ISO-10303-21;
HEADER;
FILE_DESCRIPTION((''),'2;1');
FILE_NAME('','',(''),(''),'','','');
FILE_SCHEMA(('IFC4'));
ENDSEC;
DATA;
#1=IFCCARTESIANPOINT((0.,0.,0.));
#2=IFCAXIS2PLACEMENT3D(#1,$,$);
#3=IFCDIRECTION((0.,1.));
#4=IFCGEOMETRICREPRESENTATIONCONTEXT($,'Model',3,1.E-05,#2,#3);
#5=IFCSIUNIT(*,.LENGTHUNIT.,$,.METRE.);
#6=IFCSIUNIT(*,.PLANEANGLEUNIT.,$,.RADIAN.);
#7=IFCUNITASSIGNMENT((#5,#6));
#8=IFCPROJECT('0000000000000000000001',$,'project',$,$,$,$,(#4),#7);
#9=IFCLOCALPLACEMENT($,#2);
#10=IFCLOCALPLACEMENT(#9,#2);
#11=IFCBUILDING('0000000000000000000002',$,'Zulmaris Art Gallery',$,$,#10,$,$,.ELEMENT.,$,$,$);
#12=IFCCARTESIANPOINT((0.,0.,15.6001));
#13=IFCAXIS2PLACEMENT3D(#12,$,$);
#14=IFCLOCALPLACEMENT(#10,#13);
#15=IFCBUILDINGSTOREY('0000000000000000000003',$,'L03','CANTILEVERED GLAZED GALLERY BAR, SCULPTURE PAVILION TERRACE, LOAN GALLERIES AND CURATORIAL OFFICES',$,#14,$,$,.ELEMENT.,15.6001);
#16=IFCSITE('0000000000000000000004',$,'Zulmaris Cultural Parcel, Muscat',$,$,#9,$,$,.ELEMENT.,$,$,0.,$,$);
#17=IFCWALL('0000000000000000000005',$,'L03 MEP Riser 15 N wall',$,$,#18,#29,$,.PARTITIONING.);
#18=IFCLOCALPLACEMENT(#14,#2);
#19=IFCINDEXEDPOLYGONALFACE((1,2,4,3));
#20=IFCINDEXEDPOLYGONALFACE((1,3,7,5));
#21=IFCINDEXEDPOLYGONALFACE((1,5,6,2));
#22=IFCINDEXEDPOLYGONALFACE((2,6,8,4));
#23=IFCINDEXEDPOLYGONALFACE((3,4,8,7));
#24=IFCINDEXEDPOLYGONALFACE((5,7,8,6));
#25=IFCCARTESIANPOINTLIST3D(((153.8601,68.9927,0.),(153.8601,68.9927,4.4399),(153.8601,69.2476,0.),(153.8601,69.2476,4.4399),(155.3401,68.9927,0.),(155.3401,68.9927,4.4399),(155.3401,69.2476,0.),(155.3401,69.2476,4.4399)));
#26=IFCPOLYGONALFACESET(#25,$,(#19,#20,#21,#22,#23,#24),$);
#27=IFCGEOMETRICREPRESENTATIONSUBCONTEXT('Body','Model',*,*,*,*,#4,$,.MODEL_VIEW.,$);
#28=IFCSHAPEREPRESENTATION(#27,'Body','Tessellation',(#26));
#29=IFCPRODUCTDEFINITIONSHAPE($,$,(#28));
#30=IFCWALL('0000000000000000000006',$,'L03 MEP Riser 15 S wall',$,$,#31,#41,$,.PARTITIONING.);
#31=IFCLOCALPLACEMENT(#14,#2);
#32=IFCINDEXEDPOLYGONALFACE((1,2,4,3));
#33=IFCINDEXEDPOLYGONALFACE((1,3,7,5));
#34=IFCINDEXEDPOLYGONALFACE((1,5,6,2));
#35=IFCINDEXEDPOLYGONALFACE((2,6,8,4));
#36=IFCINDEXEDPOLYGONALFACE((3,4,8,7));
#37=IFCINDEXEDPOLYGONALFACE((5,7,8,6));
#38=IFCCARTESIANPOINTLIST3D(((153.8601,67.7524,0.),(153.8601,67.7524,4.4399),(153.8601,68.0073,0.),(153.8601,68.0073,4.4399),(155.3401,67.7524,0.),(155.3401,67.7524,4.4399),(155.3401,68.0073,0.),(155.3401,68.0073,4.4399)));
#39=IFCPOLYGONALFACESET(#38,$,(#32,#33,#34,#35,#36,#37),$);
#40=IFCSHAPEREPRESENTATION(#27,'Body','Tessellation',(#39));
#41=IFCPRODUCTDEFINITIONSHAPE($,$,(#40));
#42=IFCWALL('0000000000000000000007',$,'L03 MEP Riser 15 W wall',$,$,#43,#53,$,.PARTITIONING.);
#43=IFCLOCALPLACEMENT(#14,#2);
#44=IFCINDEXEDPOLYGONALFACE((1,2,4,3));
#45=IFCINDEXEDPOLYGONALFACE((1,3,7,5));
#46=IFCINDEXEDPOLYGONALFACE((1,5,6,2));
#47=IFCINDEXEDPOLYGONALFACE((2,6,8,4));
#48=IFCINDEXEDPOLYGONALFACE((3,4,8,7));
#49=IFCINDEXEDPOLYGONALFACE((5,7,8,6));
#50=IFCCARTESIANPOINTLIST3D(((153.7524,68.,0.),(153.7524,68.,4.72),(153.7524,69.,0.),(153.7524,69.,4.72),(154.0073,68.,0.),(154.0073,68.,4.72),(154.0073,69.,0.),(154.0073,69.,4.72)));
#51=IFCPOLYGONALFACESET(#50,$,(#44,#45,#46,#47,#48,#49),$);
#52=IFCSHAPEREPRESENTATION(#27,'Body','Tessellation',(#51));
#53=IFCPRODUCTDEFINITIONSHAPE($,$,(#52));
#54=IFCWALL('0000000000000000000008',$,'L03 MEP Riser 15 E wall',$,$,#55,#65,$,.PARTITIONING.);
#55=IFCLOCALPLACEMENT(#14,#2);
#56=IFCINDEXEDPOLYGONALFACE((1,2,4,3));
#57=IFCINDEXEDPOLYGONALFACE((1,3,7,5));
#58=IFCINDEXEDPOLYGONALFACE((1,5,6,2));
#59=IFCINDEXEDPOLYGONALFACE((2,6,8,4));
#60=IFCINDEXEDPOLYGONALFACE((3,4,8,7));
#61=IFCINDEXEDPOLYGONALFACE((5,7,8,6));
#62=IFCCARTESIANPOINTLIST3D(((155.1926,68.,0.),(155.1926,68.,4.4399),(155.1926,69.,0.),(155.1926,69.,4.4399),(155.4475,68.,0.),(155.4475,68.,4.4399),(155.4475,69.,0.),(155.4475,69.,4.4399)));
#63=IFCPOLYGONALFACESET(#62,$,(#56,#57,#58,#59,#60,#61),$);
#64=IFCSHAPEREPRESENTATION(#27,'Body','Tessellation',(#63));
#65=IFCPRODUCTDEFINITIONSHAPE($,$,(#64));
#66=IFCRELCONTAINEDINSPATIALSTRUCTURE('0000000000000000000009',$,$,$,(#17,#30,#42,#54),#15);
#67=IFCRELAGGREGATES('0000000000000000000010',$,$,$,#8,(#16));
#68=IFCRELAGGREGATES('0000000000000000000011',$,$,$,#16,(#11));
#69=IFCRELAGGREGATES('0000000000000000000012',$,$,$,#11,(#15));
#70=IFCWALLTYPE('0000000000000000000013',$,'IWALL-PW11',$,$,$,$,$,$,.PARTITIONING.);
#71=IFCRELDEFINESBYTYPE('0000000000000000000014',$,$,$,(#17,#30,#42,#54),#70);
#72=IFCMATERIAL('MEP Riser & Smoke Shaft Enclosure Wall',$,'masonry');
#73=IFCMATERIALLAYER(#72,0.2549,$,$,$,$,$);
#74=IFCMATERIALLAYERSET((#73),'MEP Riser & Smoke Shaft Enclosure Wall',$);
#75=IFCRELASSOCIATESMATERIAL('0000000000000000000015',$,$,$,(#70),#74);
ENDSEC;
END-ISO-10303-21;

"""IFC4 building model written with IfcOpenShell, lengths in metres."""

from ifc_helpers import new_model, si_unit, direction, frame, frame_2d, origin, place, context, subcontext, project, spatial, rectangle, extrude, material, layer, layer_set, type_object, element, save


model = new_model("IFC4")

# Units and contexts
model_context = context("Model", 3, precision=1e-05, world=origin(), true_north=direction((0.0, 1.0)))
body_context = subcontext(model_context, "Body", "Model", "MODEL_VIEW")
ifc_project = project(units=[si_unit("LENGTHUNIT", "METRE"), si_unit("PLANEANGLEUNIT", "RADIAN")], contexts=[model_context])

# Site, building, storey
site_placement = place(None, origin())
site = spatial("IfcSite", under=ifc_project, at=site_placement, Name="Zulmaris Cultural Parcel, Muscat", CompositionType="ELEMENT", RefElevation=0.0)
building_placement = place(site_placement, origin())
building = spatial("IfcBuilding", under=site, at=building_placement, Name="Zulmaris Art Gallery", CompositionType="ELEMENT")
storey_placement = place(building_placement, frame((0.0, 0.0, 15.6001)))
storey = spatial("IfcBuildingStorey", under=building, at=storey_placement, Name="L03", Description="CANTILEVERED GLAZED GALLERY BAR, SCULPTURE PAVILION TERRACE, LOAN GALLERIES AND CURATORIAL OFFICES", CompositionType="ELEMENT", Elevation=15.6001)

# Walls
ifc_material_1 = material(Name="MEP Riser & Smoke Shaft Enclosure Wall", Category="masonry")
ifc_layer_1 = layer(ifc_material_1, 0.2549)
ifc_layer_set_1 = layer_set([ifc_layer_1], Name="MEP Riser & Smoke Shaft Enclosure Wall")
wall_type_1 = type_object("IfcWallType", Name="IWALL-PW11", PredefinedType="PARTITIONING", material=ifc_layer_set_1)
for number, where, z_axis, x_axis, name in (
    (1, (153.8601, 69.1201, 0.0), (0.0, 0.0, 1.0), (1.0, 0.0, 0.0), "L03 MEP Riser 15 N wall"),
    (2, (153.8601, 67.8799, 0.0), (0.0, 0.0, 1.0), (1.0, 0.0, 0.0), "L03 MEP Riser 15 S wall"),
):
    element("IfcWall", number, at=place(storey_placement, frame(where, z_axis=z_axis, x_axis=x_axis)), inside=storey, type_object=wall_type_1, Name=name, PredefinedType="PARTITIONING", context=body_context, shape_type="SweptSolid", body=[
        extrude(rectangle(XDim=1.48, YDim=0.2549, at=frame_2d((0.74, 0.0))), origin(), (0.0, 0.0, 1.0), 4.4399),
    ])
wall_1_placement = place(storey_placement, frame((153.8799, 68.0, 0.0), z_axis=(0.0, 0.0, 1.0), x_axis=(0.0, 1.0, 0.0)))
element("IfcWall", 3, at=wall_1_placement, inside=storey, type_object=wall_type_1, Name="L03 MEP Riser 15 W wall", PredefinedType="PARTITIONING", context=body_context, shape_type="SweptSolid", body=[
    extrude(rectangle(XDim=1.0, YDim=0.2549, at=frame_2d((0.5, 0.0))), origin(), (0.0, 0.0, 1.0), 4.72),
])
wall_2_placement = place(storey_placement, frame((155.3201, 68.0, 0.0), z_axis=(0.0, 0.0, 1.0), x_axis=(0.0, 1.0, 0.0)))
element("IfcWall", 4, at=wall_2_placement, inside=storey, type_object=wall_type_1, Name="L03 MEP Riser 15 E wall", PredefinedType="PARTITIONING", context=body_context, shape_type="SweptSolid", body=[
    extrude(rectangle(XDim=1.0, YDim=0.2549, at=frame_2d((0.5, 0.0))), origin(), (0.0, 0.0, 1.0), 4.4399),
])

save(model, "model.ifc")
